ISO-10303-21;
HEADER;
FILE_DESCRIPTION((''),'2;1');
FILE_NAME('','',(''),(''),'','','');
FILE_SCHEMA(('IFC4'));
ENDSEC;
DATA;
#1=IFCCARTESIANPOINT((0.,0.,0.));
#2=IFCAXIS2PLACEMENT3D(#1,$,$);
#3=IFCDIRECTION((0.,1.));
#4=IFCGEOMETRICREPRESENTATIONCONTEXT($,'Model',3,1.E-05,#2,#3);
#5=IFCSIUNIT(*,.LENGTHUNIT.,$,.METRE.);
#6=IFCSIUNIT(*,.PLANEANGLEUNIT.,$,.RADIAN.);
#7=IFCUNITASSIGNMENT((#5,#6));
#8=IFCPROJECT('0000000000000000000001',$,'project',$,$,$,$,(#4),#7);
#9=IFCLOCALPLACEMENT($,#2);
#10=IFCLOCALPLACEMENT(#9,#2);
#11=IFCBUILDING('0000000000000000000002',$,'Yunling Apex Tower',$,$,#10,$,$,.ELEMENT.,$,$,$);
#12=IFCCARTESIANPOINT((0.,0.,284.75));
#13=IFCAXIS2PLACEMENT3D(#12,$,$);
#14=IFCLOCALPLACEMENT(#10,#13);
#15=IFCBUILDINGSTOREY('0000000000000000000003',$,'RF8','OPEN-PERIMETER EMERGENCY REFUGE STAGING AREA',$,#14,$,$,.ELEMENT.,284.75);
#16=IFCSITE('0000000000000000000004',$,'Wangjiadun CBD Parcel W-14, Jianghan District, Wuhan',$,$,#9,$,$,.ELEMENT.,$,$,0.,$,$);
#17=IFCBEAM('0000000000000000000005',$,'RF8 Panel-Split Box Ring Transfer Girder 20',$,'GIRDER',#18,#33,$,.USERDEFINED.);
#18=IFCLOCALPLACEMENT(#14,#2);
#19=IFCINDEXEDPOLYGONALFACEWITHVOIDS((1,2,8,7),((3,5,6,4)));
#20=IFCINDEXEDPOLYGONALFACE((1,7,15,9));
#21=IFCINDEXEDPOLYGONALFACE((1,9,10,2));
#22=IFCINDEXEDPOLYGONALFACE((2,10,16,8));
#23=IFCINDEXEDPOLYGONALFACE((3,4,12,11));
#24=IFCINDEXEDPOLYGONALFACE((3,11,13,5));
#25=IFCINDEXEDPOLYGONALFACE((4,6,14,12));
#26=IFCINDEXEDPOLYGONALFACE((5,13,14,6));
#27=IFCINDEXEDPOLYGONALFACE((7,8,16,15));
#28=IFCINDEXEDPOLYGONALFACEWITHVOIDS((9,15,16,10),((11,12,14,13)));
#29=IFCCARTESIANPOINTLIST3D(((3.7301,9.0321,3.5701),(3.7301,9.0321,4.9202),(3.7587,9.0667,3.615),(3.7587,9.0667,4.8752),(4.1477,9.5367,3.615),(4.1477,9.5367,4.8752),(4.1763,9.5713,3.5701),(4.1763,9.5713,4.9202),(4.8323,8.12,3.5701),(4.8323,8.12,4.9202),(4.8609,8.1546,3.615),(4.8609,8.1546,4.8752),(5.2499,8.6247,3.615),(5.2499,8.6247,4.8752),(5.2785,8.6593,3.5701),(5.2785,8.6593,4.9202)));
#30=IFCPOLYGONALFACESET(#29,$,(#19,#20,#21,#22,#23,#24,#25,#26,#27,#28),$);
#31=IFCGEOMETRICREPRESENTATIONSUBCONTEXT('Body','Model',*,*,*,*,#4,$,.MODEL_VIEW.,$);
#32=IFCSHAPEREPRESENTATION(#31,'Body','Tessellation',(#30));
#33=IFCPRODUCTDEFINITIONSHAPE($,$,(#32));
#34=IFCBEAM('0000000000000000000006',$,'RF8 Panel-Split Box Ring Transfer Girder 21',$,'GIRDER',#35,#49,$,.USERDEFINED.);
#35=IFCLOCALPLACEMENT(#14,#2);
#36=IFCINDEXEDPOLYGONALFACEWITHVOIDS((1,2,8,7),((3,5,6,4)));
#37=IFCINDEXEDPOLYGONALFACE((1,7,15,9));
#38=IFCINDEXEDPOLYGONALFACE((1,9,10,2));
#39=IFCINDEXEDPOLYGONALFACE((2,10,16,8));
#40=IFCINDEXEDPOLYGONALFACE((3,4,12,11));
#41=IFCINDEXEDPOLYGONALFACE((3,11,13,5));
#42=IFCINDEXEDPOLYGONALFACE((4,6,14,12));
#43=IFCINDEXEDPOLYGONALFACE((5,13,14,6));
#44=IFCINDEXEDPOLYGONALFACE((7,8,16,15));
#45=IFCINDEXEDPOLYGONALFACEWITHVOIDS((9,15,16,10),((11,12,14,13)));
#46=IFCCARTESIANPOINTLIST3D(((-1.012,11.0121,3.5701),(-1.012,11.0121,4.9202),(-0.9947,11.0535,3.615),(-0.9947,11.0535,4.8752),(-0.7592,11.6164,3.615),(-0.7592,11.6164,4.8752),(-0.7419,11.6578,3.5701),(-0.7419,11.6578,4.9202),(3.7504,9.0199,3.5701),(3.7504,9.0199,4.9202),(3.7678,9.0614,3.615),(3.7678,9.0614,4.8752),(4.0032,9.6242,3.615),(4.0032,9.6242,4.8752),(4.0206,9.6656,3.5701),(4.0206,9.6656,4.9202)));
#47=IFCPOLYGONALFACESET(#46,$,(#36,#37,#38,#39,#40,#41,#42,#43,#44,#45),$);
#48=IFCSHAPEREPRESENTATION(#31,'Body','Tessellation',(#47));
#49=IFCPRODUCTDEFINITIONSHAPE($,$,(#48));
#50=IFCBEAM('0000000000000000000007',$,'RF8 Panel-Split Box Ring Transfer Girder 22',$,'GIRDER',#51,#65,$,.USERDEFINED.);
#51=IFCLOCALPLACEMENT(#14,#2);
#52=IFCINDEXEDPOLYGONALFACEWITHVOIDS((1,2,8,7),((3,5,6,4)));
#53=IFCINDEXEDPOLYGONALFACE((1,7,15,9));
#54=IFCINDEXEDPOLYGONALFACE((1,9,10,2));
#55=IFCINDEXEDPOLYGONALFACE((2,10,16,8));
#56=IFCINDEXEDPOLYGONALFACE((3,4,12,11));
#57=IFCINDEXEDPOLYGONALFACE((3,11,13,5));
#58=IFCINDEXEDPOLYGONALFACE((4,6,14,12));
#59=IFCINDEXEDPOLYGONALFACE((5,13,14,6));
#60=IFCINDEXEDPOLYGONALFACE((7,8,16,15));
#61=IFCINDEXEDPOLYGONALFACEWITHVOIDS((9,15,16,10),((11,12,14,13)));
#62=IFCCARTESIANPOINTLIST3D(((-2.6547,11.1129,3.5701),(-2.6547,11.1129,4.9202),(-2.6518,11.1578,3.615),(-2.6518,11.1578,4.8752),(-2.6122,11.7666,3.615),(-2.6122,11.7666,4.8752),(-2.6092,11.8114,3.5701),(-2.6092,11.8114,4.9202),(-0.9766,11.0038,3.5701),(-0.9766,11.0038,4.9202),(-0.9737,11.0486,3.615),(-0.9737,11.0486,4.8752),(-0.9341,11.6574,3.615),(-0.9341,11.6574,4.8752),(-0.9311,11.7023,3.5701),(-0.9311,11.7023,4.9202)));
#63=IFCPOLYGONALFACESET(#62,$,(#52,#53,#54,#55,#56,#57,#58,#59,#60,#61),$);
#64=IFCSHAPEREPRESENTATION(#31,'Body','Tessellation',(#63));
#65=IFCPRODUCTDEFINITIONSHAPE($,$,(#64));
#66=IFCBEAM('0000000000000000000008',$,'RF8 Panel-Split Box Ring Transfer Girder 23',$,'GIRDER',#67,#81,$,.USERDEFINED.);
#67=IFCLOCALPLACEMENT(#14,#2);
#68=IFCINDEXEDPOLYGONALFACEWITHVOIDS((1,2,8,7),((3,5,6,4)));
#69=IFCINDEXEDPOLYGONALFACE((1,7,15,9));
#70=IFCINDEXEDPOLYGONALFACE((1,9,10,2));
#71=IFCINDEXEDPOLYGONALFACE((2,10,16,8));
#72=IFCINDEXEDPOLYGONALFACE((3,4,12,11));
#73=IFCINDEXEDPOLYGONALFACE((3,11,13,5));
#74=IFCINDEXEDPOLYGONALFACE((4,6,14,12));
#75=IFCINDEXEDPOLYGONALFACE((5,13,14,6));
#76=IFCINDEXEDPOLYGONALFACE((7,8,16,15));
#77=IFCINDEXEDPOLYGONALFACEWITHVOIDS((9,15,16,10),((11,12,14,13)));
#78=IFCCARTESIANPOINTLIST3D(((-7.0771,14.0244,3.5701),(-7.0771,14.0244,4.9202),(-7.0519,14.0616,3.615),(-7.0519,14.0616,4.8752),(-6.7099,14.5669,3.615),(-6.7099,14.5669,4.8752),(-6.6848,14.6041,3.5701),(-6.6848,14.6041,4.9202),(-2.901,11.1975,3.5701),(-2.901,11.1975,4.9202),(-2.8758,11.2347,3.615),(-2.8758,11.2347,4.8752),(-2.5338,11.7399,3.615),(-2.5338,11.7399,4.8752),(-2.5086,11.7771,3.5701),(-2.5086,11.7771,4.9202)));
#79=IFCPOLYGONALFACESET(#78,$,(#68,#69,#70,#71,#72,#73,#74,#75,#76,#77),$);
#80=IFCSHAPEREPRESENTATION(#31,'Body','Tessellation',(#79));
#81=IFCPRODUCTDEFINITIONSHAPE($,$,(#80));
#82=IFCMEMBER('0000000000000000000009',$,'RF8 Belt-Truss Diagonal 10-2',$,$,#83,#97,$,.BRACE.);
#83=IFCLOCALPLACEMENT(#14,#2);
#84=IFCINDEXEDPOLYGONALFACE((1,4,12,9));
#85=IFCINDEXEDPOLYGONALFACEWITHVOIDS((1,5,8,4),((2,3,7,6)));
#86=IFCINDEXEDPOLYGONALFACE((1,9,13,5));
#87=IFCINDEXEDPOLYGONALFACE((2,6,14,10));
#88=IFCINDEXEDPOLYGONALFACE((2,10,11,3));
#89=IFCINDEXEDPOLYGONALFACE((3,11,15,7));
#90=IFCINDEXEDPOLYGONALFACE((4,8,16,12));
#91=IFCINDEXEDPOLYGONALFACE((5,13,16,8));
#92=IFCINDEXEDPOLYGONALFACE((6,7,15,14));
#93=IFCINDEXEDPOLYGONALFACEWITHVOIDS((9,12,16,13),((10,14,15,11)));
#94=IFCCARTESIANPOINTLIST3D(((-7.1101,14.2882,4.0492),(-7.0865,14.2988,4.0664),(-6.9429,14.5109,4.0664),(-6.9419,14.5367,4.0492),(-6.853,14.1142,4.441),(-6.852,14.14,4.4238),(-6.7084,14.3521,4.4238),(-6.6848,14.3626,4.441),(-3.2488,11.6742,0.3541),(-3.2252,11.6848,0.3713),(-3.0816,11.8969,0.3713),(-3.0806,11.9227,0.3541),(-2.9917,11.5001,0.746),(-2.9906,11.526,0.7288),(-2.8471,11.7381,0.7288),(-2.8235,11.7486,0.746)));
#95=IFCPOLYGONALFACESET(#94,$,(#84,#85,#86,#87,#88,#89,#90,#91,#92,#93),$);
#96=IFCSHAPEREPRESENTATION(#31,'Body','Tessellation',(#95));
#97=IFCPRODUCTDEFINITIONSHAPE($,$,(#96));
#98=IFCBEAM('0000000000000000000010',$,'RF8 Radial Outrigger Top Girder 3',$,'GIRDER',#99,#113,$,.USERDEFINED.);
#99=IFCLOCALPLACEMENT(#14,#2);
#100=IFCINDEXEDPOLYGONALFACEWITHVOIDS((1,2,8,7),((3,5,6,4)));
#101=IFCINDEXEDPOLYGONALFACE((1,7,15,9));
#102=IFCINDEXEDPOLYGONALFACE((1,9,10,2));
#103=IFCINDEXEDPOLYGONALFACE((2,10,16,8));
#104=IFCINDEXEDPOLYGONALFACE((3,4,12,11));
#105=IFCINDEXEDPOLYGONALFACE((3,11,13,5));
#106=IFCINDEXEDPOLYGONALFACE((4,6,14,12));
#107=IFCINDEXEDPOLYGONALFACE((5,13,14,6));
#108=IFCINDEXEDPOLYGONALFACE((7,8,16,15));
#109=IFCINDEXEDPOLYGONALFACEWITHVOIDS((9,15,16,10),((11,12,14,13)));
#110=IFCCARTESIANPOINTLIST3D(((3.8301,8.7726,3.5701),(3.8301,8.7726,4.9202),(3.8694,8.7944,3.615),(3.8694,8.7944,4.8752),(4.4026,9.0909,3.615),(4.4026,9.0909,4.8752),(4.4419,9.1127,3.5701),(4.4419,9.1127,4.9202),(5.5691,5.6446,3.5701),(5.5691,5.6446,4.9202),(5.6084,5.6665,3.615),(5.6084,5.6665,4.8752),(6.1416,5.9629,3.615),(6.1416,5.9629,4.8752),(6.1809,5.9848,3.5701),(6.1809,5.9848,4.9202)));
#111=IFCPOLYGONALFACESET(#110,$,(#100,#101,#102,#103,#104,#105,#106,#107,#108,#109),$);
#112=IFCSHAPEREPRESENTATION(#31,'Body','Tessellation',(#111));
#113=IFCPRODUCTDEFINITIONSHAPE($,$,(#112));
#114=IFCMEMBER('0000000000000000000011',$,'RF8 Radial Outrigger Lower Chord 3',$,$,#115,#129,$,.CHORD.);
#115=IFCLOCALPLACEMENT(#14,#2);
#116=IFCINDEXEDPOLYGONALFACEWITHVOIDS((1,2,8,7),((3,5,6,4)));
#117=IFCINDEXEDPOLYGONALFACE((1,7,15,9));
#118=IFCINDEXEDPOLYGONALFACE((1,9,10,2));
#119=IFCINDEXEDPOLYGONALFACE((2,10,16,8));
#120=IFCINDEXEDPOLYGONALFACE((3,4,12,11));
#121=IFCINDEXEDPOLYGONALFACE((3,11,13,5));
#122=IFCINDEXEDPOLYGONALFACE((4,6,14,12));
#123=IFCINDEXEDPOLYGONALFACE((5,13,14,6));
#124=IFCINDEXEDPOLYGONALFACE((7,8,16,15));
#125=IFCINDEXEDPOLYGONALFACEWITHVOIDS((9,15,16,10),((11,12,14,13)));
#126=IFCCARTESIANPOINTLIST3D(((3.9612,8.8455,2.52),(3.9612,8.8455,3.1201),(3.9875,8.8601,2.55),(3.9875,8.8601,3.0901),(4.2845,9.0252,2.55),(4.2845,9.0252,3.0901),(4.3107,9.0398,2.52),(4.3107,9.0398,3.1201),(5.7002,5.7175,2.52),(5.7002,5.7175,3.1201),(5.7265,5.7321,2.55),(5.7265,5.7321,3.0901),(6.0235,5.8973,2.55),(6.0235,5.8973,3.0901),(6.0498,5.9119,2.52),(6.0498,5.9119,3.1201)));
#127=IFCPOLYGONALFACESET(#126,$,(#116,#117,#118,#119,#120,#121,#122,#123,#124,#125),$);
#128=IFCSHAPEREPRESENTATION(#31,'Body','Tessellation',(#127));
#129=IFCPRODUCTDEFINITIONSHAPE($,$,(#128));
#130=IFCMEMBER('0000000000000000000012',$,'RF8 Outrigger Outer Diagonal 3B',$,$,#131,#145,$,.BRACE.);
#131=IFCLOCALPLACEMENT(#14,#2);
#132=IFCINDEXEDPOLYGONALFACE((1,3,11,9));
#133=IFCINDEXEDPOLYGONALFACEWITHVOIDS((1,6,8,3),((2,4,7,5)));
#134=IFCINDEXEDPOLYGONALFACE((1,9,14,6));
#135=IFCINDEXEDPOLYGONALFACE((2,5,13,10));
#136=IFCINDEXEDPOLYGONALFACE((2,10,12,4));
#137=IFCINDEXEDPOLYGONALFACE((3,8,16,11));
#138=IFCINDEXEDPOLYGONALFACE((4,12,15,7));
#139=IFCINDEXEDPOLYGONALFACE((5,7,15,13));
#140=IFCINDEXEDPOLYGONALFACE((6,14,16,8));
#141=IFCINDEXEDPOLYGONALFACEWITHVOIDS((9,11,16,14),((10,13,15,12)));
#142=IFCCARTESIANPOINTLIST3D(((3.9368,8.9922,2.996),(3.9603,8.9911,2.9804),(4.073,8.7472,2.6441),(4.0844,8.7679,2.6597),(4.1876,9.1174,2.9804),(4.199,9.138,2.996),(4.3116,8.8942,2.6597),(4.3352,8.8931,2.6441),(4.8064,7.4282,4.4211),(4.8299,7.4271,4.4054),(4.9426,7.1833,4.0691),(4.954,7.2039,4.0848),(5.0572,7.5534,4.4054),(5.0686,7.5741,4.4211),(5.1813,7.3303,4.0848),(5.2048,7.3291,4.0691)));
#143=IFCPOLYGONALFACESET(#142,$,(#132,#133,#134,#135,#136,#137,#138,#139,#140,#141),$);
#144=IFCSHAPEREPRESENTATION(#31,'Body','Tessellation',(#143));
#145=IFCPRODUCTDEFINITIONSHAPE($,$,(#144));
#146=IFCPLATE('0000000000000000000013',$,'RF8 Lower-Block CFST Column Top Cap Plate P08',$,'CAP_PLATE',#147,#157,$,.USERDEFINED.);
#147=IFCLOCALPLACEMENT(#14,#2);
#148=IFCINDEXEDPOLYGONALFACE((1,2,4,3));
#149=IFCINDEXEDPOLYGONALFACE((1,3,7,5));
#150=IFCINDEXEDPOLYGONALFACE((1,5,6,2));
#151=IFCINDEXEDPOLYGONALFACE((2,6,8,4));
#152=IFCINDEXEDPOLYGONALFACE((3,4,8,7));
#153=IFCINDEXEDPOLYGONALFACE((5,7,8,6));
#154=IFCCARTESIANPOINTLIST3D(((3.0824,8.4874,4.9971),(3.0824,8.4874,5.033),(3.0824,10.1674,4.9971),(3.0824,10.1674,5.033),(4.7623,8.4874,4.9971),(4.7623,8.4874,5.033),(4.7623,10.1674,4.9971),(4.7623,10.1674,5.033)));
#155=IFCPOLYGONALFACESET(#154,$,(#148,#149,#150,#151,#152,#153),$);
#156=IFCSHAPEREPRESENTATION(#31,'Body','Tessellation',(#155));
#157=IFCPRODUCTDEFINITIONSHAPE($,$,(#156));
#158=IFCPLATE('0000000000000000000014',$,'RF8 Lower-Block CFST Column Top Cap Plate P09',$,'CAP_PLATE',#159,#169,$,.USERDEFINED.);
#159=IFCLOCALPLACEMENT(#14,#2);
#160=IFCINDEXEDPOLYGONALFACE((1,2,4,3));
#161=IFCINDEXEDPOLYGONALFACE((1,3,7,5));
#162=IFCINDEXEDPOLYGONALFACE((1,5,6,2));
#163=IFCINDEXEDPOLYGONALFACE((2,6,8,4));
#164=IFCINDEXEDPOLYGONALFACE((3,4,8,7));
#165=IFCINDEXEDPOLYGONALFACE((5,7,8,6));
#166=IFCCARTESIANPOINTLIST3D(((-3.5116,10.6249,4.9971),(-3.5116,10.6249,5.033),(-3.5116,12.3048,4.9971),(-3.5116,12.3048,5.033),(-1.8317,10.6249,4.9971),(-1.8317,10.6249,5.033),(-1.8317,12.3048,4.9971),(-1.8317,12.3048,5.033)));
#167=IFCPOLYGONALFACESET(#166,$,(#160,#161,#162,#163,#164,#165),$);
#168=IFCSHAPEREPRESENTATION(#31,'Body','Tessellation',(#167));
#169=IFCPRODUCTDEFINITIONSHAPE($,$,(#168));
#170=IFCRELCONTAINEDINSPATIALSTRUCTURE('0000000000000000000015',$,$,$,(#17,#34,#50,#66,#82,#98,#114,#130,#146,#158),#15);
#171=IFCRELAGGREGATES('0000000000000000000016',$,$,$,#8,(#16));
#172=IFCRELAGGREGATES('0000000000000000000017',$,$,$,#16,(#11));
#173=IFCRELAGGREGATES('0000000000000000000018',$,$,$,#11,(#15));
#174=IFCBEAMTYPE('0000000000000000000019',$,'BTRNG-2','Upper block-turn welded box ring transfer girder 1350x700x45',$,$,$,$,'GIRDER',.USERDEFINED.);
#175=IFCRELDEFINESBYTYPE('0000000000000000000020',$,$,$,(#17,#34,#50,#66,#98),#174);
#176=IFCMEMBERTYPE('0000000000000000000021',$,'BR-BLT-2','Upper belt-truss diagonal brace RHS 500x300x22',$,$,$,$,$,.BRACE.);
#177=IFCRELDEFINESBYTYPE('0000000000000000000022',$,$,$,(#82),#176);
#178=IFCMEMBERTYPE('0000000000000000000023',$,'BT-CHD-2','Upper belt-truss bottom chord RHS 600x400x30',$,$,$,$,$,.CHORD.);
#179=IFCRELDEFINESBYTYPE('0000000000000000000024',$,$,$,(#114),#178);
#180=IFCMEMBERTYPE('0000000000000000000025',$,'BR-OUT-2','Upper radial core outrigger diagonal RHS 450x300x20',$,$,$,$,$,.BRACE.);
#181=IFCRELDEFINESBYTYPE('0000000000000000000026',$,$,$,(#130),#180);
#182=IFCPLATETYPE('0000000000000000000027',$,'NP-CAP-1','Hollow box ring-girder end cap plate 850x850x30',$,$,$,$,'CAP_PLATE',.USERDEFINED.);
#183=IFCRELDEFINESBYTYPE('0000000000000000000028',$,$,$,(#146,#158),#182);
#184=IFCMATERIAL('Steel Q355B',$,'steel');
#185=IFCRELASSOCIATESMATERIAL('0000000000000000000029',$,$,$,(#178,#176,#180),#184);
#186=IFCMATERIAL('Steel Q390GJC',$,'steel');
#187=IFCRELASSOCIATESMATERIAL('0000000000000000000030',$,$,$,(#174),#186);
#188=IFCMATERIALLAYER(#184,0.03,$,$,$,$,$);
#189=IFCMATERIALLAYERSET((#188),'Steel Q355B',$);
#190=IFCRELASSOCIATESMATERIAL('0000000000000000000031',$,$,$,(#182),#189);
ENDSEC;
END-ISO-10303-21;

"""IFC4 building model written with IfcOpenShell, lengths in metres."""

from ifc_helpers import new_model, si_unit, direction, frame, origin, origin_2d, place, context, subcontext, project, spatial, rectangle, hollow_rectangle, extrude, source, transform, mapped, material, layer, layer_set, material_profile, profile_set, type_object, element, save


model = new_model("IFC4")

# Units and contexts
model_context = context("Model", 3, precision=1e-05, world=origin(), true_north=direction((0.0, 1.0)))
body_context = subcontext(model_context, "Body", "Model", "MODEL_VIEW")
ifc_project = project(units=[si_unit("LENGTHUNIT", "METRE"), si_unit("PLANEANGLEUNIT", "RADIAN")], contexts=[model_context])

# Site, building, storey
site_placement = place(None, origin())
site = spatial("IfcSite", under=ifc_project, at=site_placement, Name="Wangjiadun CBD Parcel W-14, Jianghan District, Wuhan", CompositionType="ELEMENT", RefElevation=0.0)
building_placement = place(site_placement, origin())
building = spatial("IfcBuilding", under=site, at=building_placement, Name="Yunling Apex Tower", CompositionType="ELEMENT")
storey_placement = place(building_placement, frame((0.0, 0.0, 284.75)))
storey = spatial("IfcBuildingStorey", under=building, at=storey_placement, Name="RF8", Description="OPEN-PERIMETER EMERGENCY REFUGE STAGING AREA", CompositionType="ELEMENT", Elevation=284.75)

# Shared definitions
ifc_material_1 = material(Name="Steel Q355B", Category="steel")

# Shared definitions
ifc_material_profile_1 = material_profile(ifc_material_1, hollow_rectangle(XDim=0.3999, YDim=0.6001, WallThickness=0.03, at=origin_2d()))
ifc_profile_set_1 = profile_set([ifc_material_profile_1], Name="Steel Q355B")
member_type_1 = type_object("IfcMemberType", Name="BT-CHD-2", Description="Upper belt-truss bottom chord RHS 600x400x30", PredefinedType="CHORD", material=ifc_profile_set_1)

# Beams
ifc_material_2 = material(Name="Steel Q390GJC", Category="steel")
ifc_material_profile_2 = material_profile(ifc_material_2, hollow_rectangle(XDim=0.7, YDim=1.3501, WallThickness=0.0449, at=origin_2d()))
ifc_profile_set_2 = profile_set([ifc_material_profile_2], Name="Steel Q390GJC")
beam_type = type_object("IfcBeamType", Name="BTRNG-2", Description="Upper block-turn welded box ring transfer girder 1350x700x45", ElementType="GIRDER", PredefinedType="USERDEFINED", material=ifc_profile_set_2)
shared_shape_1 = source(origin(), body_context, "Body", "SweptSolid", [
    extrude(hollow_rectangle(XDim=0.7, YDim=1.3501, WallThickness=0.0449, at=origin_2d()), origin(), (0.0, 0.0, 1.0), 1.4307),
])
beam_1_placement = place(storey_placement, frame((5.0554, 8.3896, 4.2451), z_axis=(-0.770441, 0.637512, 0.0), x_axis=(-0.637512, -0.770441, 0.0)))
element("IfcBeam", 1, at=beam_1_placement, inside=storey, type_object=beam_type, Name="RF8 Panel-Split Box Ring Transfer Girder 20", ObjectType="GIRDER", PredefinedType="USERDEFINED", context=body_context, shape_type="MappedRepresentation", body=[
    mapped(shared_shape_1, transform((0.0, 0.0, 0.0), scale=1.0)),
])
shared_shape_2 = source(origin(), body_context, "Body", "SweptSolid", [
    extrude(hollow_rectangle(XDim=0.7, YDim=1.3501, WallThickness=0.0449, at=origin_2d()), origin(), (0.0, 0.0, 1.0), 5.1624),
])
beam_2_placement = place(storey_placement, frame((3.8855, 9.3428, 4.2451), z_axis=(-0.922537, 0.385908, 0.0), x_axis=(-0.385908, -0.922537, 0.0)))
element("IfcBeam", 2, at=beam_2_placement, inside=storey, type_object=beam_type, Name="RF8 Panel-Split Box Ring Transfer Girder 21", ObjectType="GIRDER", PredefinedType="USERDEFINED", context=body_context, shape_type="MappedRepresentation", body=[
    mapped(shared_shape_2, transform((0.0, 0.0, 0.0), scale=1.0)),
])
shared_shape_3 = source(origin(), body_context, "Body", "SweptSolid", [
    extrude(hollow_rectangle(XDim=0.7, YDim=1.3501, WallThickness=0.0449, at=origin_2d()), origin(), (0.0, 0.0, 1.0), 1.6816),
])
beam_3_placement = place(storey_placement, frame((-0.9539, 11.353, 4.2451), z_axis=(-0.997892, 0.0649, 0.0), x_axis=(-0.0649, -0.997892, 0.0)))
element("IfcBeam", 3, at=beam_3_placement, inside=storey, type_object=beam_type, Name="RF8 Panel-Split Box Ring Transfer Girder 22", ObjectType="GIRDER", PredefinedType="USERDEFINED", context=body_context, shape_type="MappedRepresentation", body=[
    mapped(shared_shape_3, transform((0.0, 0.0, 0.0), scale=1.0)),
])
shared_shape_4 = source(origin(), body_context, "Body", "SweptSolid", [
    extrude(hollow_rectangle(XDim=0.7, YDim=1.3501, WallThickness=0.0449, at=origin_2d()), origin(), (0.0, 0.0, 1.0), 5.043),
])
beam_4_placement = place(storey_placement, frame((-2.7048, 11.4873, 4.2451), z_axis=(-0.828104, 0.560574, 0.0), x_axis=(-0.560574, -0.828104, 0.0)))
element("IfcBeam", 4, at=beam_4_placement, inside=storey, type_object=beam_type, Name="RF8 Panel-Split Box Ring Transfer Girder 23", ObjectType="GIRDER", PredefinedType="USERDEFINED", context=body_context, shape_type="MappedRepresentation", body=[
    mapped(shared_shape_4, transform((0.0, 0.0, 0.0), scale=1.0)),
])

# Member
ifc_material_profile_3 = material_profile(ifc_material_1, hollow_rectangle(XDim=0.3, YDim=0.5, WallThickness=0.022, at=origin_2d()))
ifc_profile_set_3 = profile_set([ifc_material_profile_3], Name="Steel Q355B")
member_type_2 = type_object("IfcMemberType", Name="BR-BLT-2", Description="Upper belt-truss diagonal brace RHS 500x300x22", PredefinedType="BRACE", material=ifc_profile_set_3)
shared_shape_5 = source(origin(), body_context, "Body", "SweptSolid", [
    extrude(hollow_rectangle(XDim=0.3, YDim=0.5, WallThickness=0.022, at=origin_2d()), origin(), (0.0, 0.0, 1.0), 5.9495),
])
member_1_placement = place(storey_placement, frame((-3.0361, 11.7114, 0.55), z_axis=(-0.649018, 0.439368, 0.621073), x_axis=(-0.560595, -0.82809, 0.0)))
element("IfcMember", 5, at=member_1_placement, inside=storey, type_object=member_type_2, Name="RF8 Belt-Truss Diagonal 10-2", PredefinedType="BRACE", context=body_context, shape_type="MappedRepresentation", body=[
    mapped(shared_shape_5, transform((0.0, 0.0, 0.0), scale=1.0)),
])

# Beam
shared_shape_6 = source(origin(), body_context, "Body", "SweptSolid", [
    extrude(hollow_rectangle(XDim=0.7, YDim=1.3501, WallThickness=0.0449, at=origin_2d()), origin(), (0.0, 0.0, 1.0), 3.5789),
])
beam_5_placement = place(storey_placement, frame((5.875, 5.8147, 4.2451), z_axis=(-0.485915, 0.874006, 0.0), x_axis=(-0.874006, -0.485915, 0.0)))
element("IfcBeam", 6, at=beam_5_placement, inside=storey, type_object=beam_type, Name="RF8 Radial Outrigger Top Girder 3", ObjectType="GIRDER", PredefinedType="USERDEFINED", context=body_context, shape_type="MappedRepresentation", body=[
    mapped(shared_shape_6, transform((0.0, 0.0, 0.0), scale=1.0)),
])

# Members
shared_shape_7 = source(origin(), body_context, "Body", "SweptSolid", [
    extrude(hollow_rectangle(XDim=0.3999, YDim=0.6001, WallThickness=0.03, at=origin_2d()), origin(), (0.0, 0.0, 1.0), 3.5789),
])
member_2_placement = place(storey_placement, frame((5.875, 5.8147, 2.8201), z_axis=(-0.485915, 0.874006, 0.0), x_axis=(-0.874006, -0.485915, 0.0)))
element("IfcMember", 7, at=member_2_placement, inside=storey, type_object=member_type_1, Name="RF8 Radial Outrigger Lower Chord 3", PredefinedType="CHORD", context=body_context, shape_type="MappedRepresentation", body=[
    mapped(shared_shape_7, transform((0.0, 0.0, 0.0), scale=1.0)),
])
ifc_material_profile_4 = material_profile(ifc_material_1, hollow_rectangle(XDim=0.3, YDim=0.45, WallThickness=0.02, at=origin_2d()))
ifc_profile_set_4 = profile_set([ifc_material_profile_4], Name="Steel Q355B")
member_type_3 = type_object("IfcMemberType", Name="BR-OUT-2", Description="Upper radial core outrigger diagonal RHS 450x300x20", PredefinedType="BRACE", material=ifc_profile_set_4)
shared_shape_8 = source(origin(), body_context, "Body", "SweptSolid", [
    extrude(hollow_rectangle(XDim=0.3, YDim=0.45, WallThickness=0.02, at=origin_2d()), origin(), (0.0, 0.0, 1.0), 2.2876),
])
member_3_placement = place(storey_placement, frame((5.0056, 7.3787, 4.2451), z_axis=(-0.380153, 0.683678, -0.622951), x_axis=(-0.873977, -0.485967, 0.0)))
element("IfcMember", 8, at=member_3_placement, inside=storey, type_object=member_type_3, Name="RF8 Outrigger Outer Diagonal 3B", PredefinedType="BRACE", context=body_context, shape_type="MappedRepresentation", body=[
    mapped(shared_shape_8, transform((0.0, 0.0, 0.0), scale=1.0)),
])

# Plates
ifc_layer_1 = layer(ifc_material_1, 0.03)
ifc_layer_set_1 = layer_set([ifc_layer_1], Name="Steel Q355B")
plate_type_1 = type_object("IfcPlateType", Name="NP-CAP-1", Description="Hollow box ring-girder end cap plate 850x850x30", ElementType="CAP_PLATE", PredefinedType="USERDEFINED", material=ifc_layer_set_1)
shared_shape_9 = source(origin(), body_context, "Body", "SweptSolid", [
    extrude(rectangle(XDim=1.6799, YDim=1.6799, at=origin_2d()), origin(), (0.0, 0.0, 1.0), 0.0359),
])
for number, where, z_axis, x_axis, name in (
    (9, (3.9224, 9.3274, 4.9971), (0.0, 0.0, 1.0), (1.0, 0.0, 0.0), "RF8 Lower-Block CFST Column Top Cap Plate P08"),
    (10, (-2.6716, 11.4648, 4.9971), (0.0, 0.0, 1.0), (1.0, 0.0, 0.0), "RF8 Lower-Block CFST Column Top Cap Plate P09"),
):
    element("IfcPlate", number, at=place(storey_placement, frame(where, z_axis=z_axis, x_axis=x_axis)), inside=storey, type_object=plate_type_1, Name=name, ObjectType="CAP_PLATE", PredefinedType="USERDEFINED", context=body_context, shape_type="MappedRepresentation", body=[
        mapped(shared_shape_9, transform((0.0, 0.0, 0.0), scale=1.0)),
    ])

save(model, "model.ifc")
